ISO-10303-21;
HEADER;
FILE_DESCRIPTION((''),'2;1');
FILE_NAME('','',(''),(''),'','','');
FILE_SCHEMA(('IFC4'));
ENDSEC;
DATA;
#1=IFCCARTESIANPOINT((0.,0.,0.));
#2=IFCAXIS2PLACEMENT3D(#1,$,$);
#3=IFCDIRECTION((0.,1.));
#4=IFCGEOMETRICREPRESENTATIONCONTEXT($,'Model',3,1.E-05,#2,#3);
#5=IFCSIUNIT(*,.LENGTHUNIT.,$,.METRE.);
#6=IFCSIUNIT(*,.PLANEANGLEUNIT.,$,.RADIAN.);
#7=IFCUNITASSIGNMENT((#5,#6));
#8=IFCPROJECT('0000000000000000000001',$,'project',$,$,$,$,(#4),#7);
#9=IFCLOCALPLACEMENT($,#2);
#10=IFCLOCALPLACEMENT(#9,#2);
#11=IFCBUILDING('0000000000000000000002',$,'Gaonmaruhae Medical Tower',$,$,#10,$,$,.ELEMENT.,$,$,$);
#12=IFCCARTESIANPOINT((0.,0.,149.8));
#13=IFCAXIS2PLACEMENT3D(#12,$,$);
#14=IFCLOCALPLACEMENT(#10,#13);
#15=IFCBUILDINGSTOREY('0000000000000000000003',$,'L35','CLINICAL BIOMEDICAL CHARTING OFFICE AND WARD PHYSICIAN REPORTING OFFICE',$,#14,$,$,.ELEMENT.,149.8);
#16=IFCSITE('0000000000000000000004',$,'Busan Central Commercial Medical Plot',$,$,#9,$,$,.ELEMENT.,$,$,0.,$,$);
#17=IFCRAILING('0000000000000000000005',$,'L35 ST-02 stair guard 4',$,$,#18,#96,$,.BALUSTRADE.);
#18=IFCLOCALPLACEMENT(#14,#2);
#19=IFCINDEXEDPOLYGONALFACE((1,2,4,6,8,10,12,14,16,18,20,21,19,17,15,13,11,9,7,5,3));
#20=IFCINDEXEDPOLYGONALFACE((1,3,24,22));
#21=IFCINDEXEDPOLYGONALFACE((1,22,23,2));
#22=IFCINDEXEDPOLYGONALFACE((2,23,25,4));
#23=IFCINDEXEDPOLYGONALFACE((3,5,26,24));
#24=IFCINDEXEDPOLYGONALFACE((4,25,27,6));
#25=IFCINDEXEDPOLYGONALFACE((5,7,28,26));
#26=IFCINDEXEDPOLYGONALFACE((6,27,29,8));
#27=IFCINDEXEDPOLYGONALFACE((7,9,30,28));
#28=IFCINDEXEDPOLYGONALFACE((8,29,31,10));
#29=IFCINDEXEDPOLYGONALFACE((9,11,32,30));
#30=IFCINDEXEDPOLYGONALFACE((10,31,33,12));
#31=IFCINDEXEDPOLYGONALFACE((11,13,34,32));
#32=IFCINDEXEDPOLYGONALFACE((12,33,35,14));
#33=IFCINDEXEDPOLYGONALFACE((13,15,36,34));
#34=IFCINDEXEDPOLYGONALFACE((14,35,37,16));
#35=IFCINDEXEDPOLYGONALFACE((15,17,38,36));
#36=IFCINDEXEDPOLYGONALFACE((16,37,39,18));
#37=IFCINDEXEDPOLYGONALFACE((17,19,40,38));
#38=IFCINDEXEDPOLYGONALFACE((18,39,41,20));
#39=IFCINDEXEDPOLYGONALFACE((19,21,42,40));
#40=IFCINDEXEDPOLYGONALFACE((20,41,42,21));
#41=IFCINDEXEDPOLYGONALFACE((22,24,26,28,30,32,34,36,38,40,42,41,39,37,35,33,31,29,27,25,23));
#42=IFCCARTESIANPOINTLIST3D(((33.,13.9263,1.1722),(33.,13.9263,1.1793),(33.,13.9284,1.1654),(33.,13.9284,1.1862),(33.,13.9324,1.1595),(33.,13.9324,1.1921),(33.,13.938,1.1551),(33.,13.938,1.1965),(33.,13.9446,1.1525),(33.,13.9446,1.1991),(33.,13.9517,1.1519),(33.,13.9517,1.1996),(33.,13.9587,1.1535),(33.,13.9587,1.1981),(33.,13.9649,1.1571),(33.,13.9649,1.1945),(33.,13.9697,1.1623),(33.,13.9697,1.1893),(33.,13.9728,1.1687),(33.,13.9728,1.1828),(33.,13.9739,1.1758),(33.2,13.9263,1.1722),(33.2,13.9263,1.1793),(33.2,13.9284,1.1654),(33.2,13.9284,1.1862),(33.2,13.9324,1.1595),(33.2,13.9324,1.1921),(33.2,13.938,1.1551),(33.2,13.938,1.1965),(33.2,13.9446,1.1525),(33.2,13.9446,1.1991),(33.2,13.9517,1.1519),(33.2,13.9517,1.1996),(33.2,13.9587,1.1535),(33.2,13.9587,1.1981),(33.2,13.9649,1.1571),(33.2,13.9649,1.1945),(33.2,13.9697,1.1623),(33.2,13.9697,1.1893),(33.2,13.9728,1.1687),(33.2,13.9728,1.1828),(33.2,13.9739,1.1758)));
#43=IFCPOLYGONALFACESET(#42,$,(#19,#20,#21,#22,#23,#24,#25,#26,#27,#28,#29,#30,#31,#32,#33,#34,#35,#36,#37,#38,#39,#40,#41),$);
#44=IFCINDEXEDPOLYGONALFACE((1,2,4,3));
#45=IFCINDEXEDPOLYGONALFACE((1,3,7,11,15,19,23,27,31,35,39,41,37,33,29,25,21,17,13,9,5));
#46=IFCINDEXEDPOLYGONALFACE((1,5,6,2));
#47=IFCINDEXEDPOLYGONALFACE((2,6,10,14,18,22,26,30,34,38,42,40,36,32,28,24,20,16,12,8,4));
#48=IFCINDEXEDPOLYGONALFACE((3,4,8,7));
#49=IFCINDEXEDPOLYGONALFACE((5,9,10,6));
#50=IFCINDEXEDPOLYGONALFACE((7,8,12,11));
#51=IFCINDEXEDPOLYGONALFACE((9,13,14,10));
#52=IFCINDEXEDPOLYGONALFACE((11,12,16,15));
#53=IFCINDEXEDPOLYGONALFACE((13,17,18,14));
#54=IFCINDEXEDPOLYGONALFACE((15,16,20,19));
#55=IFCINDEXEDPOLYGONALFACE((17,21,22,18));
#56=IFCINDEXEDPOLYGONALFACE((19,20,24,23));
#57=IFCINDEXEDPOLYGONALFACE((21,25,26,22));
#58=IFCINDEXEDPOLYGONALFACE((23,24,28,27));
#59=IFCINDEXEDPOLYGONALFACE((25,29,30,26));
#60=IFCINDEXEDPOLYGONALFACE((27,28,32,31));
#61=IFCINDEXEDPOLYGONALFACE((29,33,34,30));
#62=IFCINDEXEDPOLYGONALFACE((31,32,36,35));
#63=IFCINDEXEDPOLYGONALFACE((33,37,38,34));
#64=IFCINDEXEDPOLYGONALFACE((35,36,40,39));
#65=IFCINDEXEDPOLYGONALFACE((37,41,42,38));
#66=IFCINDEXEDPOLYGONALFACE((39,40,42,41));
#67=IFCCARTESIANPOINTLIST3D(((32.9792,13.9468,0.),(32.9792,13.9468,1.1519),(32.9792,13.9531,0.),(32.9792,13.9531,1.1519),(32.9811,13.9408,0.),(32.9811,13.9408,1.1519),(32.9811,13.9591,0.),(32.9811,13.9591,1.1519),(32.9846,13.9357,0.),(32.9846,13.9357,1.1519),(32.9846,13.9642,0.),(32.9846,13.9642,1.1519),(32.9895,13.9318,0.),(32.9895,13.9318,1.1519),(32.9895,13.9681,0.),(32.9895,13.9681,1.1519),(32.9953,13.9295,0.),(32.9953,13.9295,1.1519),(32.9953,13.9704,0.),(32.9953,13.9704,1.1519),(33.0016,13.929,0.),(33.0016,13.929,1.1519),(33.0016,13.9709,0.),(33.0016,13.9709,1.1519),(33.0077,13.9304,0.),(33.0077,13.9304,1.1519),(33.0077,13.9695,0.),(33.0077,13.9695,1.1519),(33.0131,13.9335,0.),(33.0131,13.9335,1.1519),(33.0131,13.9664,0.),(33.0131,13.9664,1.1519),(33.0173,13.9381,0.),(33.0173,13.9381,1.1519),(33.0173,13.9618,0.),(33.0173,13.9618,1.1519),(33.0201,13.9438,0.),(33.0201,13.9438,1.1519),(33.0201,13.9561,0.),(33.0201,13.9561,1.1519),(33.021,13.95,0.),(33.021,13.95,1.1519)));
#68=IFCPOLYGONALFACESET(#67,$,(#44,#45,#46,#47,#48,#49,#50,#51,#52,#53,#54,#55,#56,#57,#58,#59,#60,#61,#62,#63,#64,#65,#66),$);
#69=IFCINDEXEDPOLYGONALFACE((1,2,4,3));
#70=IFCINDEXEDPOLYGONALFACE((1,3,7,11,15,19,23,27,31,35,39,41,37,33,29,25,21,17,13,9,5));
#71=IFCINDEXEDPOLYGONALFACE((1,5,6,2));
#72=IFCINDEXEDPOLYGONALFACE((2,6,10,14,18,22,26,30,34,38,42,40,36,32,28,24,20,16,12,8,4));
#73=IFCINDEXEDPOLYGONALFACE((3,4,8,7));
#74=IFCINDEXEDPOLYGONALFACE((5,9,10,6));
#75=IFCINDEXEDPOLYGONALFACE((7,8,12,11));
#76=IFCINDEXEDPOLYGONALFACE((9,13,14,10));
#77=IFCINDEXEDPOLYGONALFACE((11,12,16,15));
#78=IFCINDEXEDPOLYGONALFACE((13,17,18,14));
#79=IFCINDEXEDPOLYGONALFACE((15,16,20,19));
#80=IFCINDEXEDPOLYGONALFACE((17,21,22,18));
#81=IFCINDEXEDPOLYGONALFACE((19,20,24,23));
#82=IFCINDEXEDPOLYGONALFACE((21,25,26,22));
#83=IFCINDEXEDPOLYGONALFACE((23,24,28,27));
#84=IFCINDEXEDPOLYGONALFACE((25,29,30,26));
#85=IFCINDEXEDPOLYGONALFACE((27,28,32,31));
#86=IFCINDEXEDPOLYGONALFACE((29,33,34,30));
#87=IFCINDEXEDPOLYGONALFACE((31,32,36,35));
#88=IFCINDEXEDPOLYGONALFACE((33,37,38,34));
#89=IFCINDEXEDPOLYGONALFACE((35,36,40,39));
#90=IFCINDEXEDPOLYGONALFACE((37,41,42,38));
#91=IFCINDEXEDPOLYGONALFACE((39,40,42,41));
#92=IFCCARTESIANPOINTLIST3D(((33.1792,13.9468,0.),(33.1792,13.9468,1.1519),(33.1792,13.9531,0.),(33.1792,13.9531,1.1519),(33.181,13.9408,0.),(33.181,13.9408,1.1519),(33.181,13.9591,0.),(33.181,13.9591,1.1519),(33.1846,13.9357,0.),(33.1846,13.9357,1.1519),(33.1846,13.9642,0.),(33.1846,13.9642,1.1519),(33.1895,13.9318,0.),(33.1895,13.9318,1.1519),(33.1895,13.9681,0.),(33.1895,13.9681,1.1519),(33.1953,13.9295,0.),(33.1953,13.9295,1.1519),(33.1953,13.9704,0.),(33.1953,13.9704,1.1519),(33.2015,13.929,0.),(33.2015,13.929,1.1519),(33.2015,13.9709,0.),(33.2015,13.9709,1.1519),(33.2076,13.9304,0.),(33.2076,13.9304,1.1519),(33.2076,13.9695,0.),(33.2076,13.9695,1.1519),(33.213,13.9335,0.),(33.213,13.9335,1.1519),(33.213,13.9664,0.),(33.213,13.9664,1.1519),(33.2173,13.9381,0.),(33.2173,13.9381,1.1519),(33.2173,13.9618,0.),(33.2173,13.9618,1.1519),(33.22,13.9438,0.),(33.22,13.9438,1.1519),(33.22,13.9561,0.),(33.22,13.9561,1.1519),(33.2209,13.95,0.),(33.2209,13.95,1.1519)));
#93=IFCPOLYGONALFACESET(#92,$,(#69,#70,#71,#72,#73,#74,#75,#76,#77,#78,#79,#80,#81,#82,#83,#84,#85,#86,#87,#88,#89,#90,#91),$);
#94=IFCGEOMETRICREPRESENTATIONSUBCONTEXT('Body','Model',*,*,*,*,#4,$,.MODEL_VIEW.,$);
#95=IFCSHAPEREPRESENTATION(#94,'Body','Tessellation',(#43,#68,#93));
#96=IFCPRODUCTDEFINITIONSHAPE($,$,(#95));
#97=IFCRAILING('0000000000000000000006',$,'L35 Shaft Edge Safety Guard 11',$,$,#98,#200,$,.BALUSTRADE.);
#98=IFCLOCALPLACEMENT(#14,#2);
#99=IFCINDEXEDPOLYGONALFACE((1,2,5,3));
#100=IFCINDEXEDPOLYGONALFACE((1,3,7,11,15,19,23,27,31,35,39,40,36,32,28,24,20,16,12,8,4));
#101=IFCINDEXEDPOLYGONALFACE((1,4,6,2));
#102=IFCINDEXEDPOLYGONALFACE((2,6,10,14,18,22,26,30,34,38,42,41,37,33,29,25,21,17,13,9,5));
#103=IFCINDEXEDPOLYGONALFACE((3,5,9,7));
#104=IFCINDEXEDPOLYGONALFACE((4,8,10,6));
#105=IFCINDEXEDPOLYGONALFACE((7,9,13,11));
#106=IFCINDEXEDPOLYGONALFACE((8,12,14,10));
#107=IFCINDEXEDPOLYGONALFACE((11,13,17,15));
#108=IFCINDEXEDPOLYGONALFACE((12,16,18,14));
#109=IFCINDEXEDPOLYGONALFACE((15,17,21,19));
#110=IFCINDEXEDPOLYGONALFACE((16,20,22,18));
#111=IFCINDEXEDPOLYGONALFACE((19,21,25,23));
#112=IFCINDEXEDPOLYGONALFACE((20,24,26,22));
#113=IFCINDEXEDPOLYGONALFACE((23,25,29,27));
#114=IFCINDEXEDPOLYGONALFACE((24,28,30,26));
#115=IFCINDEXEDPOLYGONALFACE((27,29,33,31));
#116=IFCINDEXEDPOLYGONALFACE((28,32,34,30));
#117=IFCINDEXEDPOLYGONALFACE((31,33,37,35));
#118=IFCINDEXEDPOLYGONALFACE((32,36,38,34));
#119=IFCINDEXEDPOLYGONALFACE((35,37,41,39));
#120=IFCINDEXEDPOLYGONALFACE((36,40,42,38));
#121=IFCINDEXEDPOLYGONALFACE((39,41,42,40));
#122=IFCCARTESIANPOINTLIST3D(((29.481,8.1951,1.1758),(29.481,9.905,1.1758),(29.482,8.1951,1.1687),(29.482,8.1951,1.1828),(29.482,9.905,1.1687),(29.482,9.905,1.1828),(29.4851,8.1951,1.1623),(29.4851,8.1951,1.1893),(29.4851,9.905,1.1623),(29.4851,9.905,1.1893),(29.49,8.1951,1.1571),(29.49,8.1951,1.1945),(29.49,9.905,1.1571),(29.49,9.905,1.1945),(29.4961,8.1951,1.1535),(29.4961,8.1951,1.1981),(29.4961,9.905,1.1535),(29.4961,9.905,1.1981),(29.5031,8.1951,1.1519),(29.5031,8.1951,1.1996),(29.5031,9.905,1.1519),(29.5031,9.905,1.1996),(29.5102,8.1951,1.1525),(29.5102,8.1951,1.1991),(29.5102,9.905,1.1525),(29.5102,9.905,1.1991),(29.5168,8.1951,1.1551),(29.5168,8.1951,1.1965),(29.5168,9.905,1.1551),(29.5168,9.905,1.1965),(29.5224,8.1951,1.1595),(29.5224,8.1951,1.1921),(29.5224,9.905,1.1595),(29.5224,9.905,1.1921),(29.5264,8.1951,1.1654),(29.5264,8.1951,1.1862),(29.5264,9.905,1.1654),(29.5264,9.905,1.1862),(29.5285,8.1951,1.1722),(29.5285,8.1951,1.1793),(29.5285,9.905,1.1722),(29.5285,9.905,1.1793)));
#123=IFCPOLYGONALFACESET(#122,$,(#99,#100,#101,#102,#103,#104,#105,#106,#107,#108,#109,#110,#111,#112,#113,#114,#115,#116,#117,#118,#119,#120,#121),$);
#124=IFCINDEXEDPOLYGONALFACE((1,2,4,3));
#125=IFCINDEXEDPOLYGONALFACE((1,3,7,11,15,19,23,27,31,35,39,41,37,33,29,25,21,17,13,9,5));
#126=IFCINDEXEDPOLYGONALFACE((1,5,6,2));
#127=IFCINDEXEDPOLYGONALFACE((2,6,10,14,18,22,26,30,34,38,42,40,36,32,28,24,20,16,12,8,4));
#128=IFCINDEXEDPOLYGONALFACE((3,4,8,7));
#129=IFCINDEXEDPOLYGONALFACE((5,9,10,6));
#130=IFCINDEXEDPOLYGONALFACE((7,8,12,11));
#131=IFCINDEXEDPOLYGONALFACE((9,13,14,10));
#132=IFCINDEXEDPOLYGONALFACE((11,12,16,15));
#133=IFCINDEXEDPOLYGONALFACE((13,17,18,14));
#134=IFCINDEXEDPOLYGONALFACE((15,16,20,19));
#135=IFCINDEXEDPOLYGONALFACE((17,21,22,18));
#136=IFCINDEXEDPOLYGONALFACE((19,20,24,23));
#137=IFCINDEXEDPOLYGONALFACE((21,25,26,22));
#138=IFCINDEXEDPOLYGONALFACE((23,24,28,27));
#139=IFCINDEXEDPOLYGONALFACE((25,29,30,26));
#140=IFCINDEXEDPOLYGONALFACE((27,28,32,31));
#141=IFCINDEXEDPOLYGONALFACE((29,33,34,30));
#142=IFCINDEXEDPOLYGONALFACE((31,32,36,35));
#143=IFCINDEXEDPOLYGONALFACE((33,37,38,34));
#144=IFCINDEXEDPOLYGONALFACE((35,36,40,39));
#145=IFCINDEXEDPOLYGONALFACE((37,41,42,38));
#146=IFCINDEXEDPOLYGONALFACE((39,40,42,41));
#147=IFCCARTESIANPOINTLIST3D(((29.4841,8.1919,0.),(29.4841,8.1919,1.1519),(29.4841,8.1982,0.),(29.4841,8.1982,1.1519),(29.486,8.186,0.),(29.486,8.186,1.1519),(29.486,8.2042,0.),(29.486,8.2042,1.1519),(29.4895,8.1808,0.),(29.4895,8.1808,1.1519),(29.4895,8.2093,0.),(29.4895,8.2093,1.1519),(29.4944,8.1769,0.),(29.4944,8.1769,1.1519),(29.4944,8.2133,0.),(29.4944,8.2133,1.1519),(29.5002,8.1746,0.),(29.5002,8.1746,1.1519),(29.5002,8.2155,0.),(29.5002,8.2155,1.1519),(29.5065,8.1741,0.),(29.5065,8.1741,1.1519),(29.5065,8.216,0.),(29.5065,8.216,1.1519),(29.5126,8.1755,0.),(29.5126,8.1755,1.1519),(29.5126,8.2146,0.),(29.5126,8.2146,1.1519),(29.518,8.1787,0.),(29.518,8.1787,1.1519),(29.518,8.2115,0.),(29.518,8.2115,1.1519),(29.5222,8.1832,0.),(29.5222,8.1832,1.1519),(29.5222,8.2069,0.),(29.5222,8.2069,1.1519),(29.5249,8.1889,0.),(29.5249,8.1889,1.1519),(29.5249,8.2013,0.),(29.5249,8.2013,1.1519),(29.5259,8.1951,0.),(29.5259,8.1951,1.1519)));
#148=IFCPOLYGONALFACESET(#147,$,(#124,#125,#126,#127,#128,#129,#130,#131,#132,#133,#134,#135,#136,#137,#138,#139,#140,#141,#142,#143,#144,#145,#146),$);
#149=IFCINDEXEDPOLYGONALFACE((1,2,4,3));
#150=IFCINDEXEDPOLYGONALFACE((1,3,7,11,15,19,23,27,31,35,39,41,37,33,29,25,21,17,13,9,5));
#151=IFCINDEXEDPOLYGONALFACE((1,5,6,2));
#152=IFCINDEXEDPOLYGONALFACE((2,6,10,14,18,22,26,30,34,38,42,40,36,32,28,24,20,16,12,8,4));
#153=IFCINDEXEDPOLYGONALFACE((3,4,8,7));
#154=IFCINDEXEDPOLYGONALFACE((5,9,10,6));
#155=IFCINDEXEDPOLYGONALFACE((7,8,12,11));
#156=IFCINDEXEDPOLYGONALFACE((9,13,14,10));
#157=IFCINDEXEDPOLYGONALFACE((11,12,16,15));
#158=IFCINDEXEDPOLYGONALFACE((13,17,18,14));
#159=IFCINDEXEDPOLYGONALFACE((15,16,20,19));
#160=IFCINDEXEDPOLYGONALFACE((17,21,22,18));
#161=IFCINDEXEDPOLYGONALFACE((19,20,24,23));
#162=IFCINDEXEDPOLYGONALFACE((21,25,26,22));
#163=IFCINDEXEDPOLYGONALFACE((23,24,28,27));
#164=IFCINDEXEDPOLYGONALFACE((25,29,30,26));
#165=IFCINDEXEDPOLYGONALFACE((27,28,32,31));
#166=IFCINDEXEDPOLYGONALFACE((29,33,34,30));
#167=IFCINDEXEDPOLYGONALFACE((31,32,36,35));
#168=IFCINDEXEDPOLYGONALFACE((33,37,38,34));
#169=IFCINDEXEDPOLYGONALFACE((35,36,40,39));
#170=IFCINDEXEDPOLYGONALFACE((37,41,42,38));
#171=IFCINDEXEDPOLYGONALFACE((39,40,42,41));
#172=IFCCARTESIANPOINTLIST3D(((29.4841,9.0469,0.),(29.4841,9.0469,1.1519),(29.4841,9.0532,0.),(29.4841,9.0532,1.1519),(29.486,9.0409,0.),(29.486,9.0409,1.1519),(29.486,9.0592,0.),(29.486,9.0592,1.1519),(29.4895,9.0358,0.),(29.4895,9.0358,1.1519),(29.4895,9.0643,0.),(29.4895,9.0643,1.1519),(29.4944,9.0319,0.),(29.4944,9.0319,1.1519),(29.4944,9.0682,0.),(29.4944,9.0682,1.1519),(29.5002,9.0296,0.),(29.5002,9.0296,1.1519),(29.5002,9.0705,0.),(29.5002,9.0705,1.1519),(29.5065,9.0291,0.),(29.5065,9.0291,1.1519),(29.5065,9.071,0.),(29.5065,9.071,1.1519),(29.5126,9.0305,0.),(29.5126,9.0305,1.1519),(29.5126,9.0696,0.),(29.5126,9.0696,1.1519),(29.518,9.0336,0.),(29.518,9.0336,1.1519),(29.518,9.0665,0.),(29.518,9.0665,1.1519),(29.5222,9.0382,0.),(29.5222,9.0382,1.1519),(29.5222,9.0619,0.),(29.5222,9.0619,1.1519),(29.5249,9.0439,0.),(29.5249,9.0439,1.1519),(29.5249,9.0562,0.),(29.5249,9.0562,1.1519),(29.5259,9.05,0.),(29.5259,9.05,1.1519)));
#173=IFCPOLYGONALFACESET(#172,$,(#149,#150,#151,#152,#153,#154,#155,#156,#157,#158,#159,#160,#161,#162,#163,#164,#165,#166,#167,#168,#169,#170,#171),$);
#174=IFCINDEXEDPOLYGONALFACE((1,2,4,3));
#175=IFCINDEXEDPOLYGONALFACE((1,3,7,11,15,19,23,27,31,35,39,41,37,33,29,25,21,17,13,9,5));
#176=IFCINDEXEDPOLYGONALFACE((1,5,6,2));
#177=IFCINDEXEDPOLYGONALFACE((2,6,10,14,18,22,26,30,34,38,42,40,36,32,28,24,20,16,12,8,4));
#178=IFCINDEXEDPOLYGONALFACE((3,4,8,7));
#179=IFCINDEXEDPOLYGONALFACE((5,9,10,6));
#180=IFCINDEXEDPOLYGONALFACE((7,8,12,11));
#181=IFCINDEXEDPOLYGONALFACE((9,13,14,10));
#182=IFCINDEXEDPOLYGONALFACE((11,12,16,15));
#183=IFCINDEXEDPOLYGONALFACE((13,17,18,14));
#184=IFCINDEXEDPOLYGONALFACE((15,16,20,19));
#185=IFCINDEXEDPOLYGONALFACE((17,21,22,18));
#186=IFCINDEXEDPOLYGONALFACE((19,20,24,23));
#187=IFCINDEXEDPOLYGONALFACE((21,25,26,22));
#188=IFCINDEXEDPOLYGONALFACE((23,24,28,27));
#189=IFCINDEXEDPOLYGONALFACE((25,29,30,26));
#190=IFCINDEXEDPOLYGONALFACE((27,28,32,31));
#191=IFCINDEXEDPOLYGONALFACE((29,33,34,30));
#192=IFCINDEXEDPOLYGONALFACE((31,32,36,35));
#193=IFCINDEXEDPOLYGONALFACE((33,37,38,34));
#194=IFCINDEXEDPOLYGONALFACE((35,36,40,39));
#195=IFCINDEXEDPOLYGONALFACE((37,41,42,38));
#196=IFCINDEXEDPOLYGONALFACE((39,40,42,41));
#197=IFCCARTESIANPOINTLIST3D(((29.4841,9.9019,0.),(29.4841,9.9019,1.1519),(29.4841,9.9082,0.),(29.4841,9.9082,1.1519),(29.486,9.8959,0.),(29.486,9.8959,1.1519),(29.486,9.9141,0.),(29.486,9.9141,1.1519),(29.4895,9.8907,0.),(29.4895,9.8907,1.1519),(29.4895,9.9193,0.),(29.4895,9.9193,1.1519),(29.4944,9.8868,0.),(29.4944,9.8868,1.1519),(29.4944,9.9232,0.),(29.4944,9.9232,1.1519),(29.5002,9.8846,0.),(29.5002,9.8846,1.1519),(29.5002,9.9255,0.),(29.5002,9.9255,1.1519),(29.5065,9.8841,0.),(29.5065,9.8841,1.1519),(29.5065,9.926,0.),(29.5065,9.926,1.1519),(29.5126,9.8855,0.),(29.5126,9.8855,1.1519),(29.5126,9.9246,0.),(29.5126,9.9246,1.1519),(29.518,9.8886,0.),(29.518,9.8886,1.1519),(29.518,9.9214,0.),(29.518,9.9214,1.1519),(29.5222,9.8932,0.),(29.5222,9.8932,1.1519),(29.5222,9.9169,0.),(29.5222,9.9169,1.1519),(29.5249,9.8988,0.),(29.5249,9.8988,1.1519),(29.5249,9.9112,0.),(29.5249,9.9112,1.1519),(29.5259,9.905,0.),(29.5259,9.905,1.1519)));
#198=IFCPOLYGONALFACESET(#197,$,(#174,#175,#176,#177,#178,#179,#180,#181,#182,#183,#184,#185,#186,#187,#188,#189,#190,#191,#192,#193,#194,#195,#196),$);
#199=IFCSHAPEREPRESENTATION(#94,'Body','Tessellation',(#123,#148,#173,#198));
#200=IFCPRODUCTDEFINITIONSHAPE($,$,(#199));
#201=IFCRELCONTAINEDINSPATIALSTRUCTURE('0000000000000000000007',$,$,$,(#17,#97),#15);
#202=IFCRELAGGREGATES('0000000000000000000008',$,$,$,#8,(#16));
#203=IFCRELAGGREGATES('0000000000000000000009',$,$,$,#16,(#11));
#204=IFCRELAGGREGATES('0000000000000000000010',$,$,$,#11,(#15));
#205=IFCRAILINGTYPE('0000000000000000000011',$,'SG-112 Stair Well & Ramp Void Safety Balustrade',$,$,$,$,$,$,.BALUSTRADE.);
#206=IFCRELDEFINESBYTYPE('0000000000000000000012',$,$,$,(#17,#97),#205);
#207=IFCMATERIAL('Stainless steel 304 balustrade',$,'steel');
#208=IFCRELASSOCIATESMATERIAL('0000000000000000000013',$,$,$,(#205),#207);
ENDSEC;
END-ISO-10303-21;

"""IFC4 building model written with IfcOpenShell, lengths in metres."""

from ifc_helpers import new_model, si_unit, direction, frame, origin, origin_2d, place, context, subcontext, project, spatial, circle, extrude, material, type_object, element, save


model = new_model("IFC4")

# Units and contexts
model_context = context("Model", 3, precision=1e-05, world=origin(), true_north=direction((0.0, 1.0)))
body_context = subcontext(model_context, "Body", "Model", "MODEL_VIEW")
ifc_project = project(units=[si_unit("LENGTHUNIT", "METRE"), si_unit("PLANEANGLEUNIT", "RADIAN")], contexts=[model_context])

# Site, building, storey
site_placement = place(None, origin())
site = spatial("IfcSite", under=ifc_project, at=site_placement, Name="Busan Central Commercial Medical Plot", CompositionType="ELEMENT", RefElevation=0.0)
building_placement = place(site_placement, origin())
building = spatial("IfcBuilding", under=site, at=building_placement, Name="Gaonmaruhae Medical Tower", CompositionType="ELEMENT")
storey_placement = place(building_placement, frame((0.0, 0.0, 149.8)))
storey = spatial("IfcBuildingStorey", under=building, at=storey_placement, Name="L35", Description="CLINICAL BIOMEDICAL CHARTING OFFICE AND WARD PHYSICIAN REPORTING OFFICE", CompositionType="ELEMENT", Elevation=149.8)

# Railings
ifc_material_1 = material(Name="Stainless steel 304 balustrade", Category="steel")
railing_type_1 = type_object("IfcRailingType", Name="SG-112 Stair Well & Ramp Void Safety Balustrade", PredefinedType="BALUSTRADE", material=ifc_material_1)
railing_1_placement = place(storey_placement, frame((33.0, 13.95, 0.0)))
element("IfcRailing", 1, at=railing_1_placement, inside=storey, type_object=railing_type_1, Name="L35 ST-02 stair guard 4", PredefinedType="BALUSTRADE", context=body_context, shape_type="SweptSolid", body=[
    extrude(circle(Radius=0.0239, at=origin_2d()), frame((0.0, 0.0, 1.1758), z_axis=(1.0, 0.0, 0.0), x_axis=(0.0, 1.0, 0.0)), (0.0, 0.0, 1.0), 0.2),
    extrude(circle(Radius=0.021, at=origin_2d()), origin(), (0.0, 0.0, 1.0), 1.1519),
    extrude(circle(Radius=0.021, at=origin_2d()), frame((0.2, 0.0, 0.0)), (0.0, 0.0, 1.0), 1.1519),
])
railing_2_placement = place(storey_placement, frame((29.5049, 8.1951, 0.0)))
element("IfcRailing", 2, at=railing_2_placement, inside=storey, type_object=railing_type_1, Name="L35 Shaft Edge Safety Guard 11", PredefinedType="BALUSTRADE", context=body_context, shape_type="SweptSolid", body=[
    extrude(circle(Radius=0.0239, at=origin_2d()), frame((0.0, 0.0, 1.1758), z_axis=(0.0, 1.0, 0.0), x_axis=(-1.0, 0.0, 0.0)), (0.0, 0.0, 1.0), 1.71),
    extrude(circle(Radius=0.021, at=origin_2d()), origin(), (0.0, 0.0, 1.0), 1.1519),
    extrude(circle(Radius=0.021, at=origin_2d()), frame((0.0, 0.855, 0.0)), (0.0, 0.0, 1.0), 1.1519),
    extrude(circle(Radius=0.021, at=origin_2d()), frame((0.0, 1.71, 0.0)), (0.0, 0.0, 1.0), 1.1519),
])

save(model, "model.ifc")
